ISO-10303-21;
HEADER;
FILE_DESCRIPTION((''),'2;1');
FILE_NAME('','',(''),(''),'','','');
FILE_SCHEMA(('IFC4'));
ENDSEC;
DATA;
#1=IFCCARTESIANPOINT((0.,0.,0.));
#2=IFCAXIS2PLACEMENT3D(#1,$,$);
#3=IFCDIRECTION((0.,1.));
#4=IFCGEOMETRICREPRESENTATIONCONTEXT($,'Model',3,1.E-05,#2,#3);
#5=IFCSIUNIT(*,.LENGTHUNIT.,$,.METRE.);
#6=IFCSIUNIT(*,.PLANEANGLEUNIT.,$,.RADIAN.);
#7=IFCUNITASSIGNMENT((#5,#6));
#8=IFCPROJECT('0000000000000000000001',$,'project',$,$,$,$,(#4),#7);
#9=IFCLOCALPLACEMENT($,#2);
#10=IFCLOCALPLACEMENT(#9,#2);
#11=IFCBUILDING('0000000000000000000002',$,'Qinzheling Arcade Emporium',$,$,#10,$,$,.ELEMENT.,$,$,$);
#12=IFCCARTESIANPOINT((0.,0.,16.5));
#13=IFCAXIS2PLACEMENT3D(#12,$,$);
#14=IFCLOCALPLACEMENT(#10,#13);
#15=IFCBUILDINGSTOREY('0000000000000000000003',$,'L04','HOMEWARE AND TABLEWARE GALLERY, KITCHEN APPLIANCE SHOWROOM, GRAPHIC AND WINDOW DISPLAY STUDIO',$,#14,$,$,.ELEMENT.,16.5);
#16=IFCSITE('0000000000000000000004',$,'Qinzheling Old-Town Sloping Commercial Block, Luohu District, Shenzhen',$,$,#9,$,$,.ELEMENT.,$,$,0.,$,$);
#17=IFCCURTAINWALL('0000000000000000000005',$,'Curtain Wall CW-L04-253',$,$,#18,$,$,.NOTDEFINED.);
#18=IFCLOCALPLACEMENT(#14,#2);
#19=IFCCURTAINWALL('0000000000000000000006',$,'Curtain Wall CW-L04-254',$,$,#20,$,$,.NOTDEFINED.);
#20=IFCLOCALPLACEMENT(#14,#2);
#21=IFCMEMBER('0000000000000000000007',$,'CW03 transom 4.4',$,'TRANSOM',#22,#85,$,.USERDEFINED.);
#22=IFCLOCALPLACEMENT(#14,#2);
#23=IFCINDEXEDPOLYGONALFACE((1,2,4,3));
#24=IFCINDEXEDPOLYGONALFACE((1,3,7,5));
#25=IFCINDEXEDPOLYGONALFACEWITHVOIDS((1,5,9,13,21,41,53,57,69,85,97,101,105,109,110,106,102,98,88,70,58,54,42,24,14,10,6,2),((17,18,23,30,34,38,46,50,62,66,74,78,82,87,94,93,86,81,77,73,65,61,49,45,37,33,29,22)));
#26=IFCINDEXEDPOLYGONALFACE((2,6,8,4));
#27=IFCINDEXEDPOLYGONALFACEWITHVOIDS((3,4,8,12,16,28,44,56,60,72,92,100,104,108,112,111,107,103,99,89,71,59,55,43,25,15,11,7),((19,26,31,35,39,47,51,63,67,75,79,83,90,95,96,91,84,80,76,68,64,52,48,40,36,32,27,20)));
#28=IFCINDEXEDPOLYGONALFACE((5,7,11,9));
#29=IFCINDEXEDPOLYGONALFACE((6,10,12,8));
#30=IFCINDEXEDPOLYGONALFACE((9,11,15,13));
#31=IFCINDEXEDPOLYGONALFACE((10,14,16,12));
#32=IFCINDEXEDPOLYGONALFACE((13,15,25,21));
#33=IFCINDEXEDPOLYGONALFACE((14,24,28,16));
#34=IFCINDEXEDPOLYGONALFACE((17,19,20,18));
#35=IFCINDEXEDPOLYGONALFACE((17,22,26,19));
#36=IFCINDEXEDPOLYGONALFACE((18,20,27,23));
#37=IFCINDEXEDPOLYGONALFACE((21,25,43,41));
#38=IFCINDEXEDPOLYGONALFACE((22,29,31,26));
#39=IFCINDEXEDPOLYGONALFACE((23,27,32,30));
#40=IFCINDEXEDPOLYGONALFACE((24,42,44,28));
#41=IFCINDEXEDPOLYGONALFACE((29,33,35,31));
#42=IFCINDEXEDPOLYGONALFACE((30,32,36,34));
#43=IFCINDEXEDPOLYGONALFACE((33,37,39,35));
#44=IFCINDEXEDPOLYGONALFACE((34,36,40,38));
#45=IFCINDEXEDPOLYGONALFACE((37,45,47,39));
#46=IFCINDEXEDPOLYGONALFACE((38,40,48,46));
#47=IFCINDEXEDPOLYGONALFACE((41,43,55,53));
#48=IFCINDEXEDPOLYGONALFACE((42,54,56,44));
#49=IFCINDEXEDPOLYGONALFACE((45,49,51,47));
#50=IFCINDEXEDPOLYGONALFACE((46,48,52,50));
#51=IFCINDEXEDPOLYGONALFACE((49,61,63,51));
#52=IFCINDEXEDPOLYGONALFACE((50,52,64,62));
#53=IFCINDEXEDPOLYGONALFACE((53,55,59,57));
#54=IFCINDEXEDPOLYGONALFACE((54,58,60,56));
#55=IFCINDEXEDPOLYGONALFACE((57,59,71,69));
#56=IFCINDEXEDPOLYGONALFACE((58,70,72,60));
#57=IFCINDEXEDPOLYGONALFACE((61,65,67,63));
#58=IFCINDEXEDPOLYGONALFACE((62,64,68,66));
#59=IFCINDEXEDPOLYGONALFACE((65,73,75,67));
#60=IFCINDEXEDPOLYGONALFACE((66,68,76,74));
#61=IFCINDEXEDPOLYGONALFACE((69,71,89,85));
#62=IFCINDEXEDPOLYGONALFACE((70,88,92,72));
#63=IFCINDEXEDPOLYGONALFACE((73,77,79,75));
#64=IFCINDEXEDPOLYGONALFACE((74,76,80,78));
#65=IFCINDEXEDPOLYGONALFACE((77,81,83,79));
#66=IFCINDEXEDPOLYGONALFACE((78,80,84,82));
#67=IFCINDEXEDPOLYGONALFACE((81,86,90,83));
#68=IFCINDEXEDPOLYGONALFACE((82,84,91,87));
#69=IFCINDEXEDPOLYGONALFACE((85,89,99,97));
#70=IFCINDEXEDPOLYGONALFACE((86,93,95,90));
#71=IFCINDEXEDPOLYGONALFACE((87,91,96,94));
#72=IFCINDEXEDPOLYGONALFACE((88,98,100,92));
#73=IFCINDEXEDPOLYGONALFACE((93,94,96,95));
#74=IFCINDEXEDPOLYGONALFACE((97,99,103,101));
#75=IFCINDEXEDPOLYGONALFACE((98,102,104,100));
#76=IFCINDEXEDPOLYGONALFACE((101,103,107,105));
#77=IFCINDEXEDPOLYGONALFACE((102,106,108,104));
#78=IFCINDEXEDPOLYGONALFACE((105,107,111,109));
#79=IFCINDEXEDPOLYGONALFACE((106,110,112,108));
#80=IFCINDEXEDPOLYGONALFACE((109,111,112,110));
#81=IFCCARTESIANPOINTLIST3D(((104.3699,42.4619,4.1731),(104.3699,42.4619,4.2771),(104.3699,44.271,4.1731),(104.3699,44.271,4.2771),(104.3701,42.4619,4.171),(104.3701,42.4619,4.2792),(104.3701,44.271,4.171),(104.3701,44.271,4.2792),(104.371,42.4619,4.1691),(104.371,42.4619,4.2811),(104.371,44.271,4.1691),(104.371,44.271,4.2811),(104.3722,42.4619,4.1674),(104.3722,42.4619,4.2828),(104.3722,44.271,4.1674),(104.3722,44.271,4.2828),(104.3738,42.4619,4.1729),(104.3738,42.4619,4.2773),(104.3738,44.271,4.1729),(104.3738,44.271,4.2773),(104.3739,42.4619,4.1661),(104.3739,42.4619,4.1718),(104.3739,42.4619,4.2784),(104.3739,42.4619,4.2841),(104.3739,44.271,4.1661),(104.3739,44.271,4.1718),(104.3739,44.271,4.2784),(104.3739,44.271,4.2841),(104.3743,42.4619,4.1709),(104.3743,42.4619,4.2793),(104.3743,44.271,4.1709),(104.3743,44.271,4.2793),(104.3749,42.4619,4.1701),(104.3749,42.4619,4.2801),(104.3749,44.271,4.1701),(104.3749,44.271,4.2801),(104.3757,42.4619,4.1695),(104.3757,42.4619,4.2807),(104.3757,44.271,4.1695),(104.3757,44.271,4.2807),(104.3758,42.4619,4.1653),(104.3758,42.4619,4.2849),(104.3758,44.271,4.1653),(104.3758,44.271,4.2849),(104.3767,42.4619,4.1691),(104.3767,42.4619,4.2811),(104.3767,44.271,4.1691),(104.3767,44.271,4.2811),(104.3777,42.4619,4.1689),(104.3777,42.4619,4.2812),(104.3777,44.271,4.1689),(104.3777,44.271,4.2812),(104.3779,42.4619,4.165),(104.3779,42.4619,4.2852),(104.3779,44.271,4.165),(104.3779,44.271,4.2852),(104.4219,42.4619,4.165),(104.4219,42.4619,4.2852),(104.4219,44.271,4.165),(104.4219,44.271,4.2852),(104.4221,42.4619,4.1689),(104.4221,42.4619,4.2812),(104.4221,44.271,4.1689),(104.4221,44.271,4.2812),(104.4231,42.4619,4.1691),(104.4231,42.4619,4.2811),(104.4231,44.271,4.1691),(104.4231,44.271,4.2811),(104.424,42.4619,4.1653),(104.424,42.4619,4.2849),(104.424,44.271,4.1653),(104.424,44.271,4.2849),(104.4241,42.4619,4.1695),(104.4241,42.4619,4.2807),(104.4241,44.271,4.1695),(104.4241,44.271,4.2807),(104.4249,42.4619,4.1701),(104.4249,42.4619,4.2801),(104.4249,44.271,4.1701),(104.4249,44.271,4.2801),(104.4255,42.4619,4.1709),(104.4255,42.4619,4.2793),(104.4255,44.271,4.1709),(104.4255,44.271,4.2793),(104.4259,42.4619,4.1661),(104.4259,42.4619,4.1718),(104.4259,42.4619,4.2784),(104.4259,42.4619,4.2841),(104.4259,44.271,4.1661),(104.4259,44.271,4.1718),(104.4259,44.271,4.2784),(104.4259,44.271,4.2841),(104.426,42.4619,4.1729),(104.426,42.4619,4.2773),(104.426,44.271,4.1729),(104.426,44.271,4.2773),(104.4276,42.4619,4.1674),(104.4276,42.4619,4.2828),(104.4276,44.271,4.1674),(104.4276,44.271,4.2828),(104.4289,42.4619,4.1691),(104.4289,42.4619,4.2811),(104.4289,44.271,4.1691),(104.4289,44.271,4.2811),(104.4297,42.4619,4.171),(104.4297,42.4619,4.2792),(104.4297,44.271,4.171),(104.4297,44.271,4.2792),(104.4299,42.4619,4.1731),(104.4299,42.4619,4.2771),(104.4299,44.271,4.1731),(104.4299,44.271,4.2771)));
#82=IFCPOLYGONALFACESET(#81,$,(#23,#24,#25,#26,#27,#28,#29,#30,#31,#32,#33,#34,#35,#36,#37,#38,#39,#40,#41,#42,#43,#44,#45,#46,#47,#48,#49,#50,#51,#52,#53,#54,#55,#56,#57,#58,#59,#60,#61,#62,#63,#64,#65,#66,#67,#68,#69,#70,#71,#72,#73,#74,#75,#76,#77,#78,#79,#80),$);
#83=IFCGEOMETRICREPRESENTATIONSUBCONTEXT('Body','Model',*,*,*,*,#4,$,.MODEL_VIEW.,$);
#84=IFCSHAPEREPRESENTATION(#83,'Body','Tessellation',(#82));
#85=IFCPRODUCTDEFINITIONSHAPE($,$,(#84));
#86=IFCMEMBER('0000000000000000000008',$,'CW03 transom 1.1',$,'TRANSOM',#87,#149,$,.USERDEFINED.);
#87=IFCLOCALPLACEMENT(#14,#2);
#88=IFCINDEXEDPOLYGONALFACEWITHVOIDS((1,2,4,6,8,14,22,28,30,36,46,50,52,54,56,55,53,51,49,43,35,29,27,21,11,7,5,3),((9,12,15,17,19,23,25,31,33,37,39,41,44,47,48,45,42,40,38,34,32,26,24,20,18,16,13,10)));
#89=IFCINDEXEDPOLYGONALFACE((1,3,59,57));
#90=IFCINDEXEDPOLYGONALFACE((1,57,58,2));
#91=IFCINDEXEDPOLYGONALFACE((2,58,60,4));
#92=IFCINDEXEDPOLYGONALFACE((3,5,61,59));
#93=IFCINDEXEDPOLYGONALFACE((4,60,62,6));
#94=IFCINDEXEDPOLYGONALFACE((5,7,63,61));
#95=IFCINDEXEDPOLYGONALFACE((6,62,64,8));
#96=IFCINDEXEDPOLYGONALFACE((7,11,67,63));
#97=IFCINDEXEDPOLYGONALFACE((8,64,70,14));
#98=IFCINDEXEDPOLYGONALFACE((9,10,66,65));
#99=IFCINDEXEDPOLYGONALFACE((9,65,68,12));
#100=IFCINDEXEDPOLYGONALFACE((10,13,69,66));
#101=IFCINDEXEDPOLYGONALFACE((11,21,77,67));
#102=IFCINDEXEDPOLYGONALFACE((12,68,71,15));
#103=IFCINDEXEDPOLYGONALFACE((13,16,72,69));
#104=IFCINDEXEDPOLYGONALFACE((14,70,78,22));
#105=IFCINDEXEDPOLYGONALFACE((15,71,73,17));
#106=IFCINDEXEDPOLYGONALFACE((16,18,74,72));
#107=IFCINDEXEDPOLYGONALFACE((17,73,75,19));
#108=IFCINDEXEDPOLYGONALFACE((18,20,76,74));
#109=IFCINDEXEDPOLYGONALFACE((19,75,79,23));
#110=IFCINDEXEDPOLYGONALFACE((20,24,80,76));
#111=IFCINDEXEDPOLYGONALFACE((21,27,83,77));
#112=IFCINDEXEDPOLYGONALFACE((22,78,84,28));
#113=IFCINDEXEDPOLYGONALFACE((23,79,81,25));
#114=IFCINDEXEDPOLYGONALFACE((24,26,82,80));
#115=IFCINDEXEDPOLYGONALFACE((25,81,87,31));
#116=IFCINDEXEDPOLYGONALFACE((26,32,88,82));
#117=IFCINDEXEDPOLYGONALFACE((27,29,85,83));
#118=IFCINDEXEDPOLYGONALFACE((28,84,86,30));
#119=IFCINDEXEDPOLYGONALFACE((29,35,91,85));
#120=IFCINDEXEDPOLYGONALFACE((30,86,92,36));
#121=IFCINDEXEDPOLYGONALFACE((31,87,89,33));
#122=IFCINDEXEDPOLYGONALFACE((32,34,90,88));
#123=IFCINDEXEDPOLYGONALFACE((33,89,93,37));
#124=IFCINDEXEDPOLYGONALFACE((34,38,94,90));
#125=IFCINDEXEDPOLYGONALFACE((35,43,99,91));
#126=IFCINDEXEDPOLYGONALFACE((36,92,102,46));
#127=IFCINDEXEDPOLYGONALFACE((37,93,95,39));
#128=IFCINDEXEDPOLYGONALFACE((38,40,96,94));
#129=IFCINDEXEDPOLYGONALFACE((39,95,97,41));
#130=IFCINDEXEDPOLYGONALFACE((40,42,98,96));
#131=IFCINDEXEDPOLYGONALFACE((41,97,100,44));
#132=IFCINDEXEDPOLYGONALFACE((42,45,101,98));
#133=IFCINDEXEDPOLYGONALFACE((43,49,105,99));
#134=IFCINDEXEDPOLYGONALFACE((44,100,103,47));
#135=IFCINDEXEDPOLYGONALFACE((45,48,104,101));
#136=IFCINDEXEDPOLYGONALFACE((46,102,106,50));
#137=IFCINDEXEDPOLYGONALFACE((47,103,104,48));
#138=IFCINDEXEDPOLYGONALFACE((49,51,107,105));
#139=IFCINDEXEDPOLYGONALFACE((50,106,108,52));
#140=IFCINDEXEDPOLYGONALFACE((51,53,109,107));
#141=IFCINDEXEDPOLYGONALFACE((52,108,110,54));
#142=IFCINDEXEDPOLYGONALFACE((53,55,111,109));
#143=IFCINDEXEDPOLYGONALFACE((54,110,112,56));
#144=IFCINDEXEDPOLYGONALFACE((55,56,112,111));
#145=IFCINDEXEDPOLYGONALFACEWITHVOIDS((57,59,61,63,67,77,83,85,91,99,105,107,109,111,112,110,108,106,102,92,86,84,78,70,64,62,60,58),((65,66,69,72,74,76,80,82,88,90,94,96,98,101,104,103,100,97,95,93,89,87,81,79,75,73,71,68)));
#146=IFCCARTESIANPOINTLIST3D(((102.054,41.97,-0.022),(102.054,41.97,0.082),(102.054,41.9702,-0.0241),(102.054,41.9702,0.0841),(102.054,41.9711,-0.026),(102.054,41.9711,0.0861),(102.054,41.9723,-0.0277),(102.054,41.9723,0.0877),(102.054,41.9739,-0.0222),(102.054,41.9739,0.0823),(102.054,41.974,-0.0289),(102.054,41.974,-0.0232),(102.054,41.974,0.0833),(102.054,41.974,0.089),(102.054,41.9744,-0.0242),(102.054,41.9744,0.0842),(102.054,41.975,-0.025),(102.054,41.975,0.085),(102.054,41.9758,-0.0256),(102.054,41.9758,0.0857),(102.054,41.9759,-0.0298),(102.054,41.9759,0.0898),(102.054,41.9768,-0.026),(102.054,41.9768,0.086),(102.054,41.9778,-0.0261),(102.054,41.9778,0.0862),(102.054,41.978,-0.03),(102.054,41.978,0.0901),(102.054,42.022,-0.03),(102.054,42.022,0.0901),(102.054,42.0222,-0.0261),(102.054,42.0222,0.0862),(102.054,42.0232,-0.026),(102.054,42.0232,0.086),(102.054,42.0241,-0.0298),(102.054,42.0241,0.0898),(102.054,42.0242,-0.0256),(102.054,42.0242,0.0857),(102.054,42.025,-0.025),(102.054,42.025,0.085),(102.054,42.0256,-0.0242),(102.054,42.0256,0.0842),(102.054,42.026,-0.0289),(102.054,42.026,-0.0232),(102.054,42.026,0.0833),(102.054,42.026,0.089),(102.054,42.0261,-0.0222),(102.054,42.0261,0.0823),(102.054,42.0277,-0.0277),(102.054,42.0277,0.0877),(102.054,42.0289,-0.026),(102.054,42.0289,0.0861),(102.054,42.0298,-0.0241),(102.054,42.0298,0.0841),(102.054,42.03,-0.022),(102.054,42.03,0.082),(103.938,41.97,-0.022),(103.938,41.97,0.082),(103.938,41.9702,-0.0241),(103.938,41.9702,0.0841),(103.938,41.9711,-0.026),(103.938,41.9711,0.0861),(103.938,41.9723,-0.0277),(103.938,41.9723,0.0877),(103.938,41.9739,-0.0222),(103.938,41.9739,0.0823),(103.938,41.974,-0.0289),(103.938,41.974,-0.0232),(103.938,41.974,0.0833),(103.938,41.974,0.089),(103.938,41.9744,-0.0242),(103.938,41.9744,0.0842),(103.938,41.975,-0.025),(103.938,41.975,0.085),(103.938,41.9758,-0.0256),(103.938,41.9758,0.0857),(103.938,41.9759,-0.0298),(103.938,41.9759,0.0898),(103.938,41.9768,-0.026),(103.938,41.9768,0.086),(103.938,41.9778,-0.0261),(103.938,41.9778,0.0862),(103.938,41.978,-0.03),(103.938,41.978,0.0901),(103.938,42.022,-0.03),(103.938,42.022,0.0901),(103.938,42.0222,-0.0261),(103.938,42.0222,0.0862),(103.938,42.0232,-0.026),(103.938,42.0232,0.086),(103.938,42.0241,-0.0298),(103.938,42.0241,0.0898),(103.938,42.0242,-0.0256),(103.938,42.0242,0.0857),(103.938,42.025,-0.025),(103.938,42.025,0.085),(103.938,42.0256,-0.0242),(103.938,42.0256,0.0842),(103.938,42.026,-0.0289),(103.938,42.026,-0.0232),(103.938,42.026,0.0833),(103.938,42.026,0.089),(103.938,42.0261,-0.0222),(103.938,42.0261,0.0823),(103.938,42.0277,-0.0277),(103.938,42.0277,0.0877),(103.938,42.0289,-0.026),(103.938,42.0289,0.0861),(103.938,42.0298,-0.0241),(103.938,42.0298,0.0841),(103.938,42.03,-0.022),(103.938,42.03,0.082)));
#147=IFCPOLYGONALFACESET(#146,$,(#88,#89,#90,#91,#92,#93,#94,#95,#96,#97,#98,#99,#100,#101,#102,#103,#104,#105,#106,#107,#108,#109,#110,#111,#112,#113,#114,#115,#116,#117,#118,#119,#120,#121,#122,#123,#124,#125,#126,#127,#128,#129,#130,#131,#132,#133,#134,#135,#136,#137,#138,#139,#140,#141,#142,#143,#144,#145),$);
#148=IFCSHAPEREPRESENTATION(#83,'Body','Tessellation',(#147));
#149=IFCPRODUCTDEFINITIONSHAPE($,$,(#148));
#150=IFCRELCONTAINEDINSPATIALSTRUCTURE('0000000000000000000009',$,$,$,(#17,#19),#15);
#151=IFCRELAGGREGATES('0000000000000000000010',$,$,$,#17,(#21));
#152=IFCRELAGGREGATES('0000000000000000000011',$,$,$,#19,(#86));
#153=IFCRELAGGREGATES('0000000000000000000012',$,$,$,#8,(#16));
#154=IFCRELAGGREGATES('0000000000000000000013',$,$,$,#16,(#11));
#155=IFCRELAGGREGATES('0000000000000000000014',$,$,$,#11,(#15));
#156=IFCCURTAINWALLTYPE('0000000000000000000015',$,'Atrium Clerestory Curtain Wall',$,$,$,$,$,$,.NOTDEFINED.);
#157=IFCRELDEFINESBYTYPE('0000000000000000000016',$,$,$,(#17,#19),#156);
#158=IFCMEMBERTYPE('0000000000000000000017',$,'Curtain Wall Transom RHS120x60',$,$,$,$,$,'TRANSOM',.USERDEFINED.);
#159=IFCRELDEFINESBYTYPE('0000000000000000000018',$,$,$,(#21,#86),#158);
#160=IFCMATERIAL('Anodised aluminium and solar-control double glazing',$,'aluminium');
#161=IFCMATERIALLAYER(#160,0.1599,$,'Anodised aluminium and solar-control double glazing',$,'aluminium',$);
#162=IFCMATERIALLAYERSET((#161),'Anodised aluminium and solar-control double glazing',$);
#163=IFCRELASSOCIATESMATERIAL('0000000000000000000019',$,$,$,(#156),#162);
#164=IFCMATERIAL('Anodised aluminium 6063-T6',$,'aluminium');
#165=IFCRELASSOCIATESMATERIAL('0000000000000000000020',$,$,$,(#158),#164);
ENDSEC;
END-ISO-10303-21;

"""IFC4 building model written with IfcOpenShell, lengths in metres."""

from ifc_helpers import new_model, si_unit, direction, frame, origin, origin_2d, place, context, subcontext, project, spatial, hollow_rectangle, extrude, material, layer, layer_set, material_profile, profile_set, type_object, element, aggregate, save


model = new_model("IFC4")

# Units and contexts
model_context = context("Model", 3, precision=1e-05, world=origin(), true_north=direction((0.0, 1.0)))
body_context = subcontext(model_context, "Body", "Model", "MODEL_VIEW")
ifc_project = project(units=[si_unit("LENGTHUNIT", "METRE"), si_unit("PLANEANGLEUNIT", "RADIAN")], contexts=[model_context])

# Site, building, storey
site_placement = place(None, origin())
site = spatial("IfcSite", under=ifc_project, at=site_placement, Name="Qinzheling Old-Town Sloping Commercial Block, Luohu District, Shenzhen", CompositionType="ELEMENT", RefElevation=0.0)
building_placement = place(site_placement, origin())
building = spatial("IfcBuilding", under=site, at=building_placement, Name="Qinzheling Arcade Emporium", CompositionType="ELEMENT")
storey_placement = place(building_placement, frame((0.0, 0.0, 16.5)))
storey = spatial("IfcBuildingStorey", under=building, at=storey_placement, Name="L04", Description="HOMEWARE AND TABLEWARE GALLERY, KITCHEN APPLIANCE SHOWROOM, GRAPHIC AND WINDOW DISPLAY STUDIO", CompositionType="ELEMENT", Elevation=16.5)

# Curtain walls
ifc_material_1 = material(Name="Anodised aluminium and solar-control double glazing", Category="aluminium")
ifc_layer_1 = layer(ifc_material_1, 0.1599, Name="Anodised aluminium and solar-control double glazing", Category="aluminium")
ifc_layer_set_1 = layer_set([ifc_layer_1], Name="Anodised aluminium and solar-control double glazing")
curtain_wall_type = type_object("IfcCurtainWallType", Name="Atrium Clerestory Curtain Wall", PredefinedType="NOTDEFINED", material=ifc_layer_set_1)
curtain_wall_1_placement = place(storey_placement, origin())
curtain_wall_1 = element("IfcCurtainWall", 1, at=curtain_wall_1_placement, inside=storey, type_object=curtain_wall_type, Name="Curtain Wall CW-L04-253", PredefinedType="NOTDEFINED")
ifc_material_2 = material(Name="Anodised aluminium 6063-T6", Category="aluminium")
curtain_wall_2_placement = place(storey_placement, origin())
curtain_wall_2 = element("IfcCurtainWall", 2, at=curtain_wall_2_placement, inside=storey, type_object=curtain_wall_type, Name="Curtain Wall CW-L04-254", PredefinedType="NOTDEFINED")

# Members
ifc_material_profile_1 = material_profile(ifc_material_2, hollow_rectangle(XDim=0.0601, YDim=0.1201, WallThickness=0.0039, InnerFilletRadius=0.0039, OuterFilletRadius=0.0081, at=origin_2d()), Name="RHS 120x60x4", Category="aluminium")
ifc_profile_set_1 = profile_set([ifc_material_profile_1], Name="Anodised aluminium 6063-T6")
member_type_1 = type_object("IfcMemberType", Name="Curtain Wall Transom RHS120x60", ElementType="TRANSOM", PredefinedType="USERDEFINED", material=ifc_profile_set_1)
member_1_placement = place(storey_placement, frame((104.3999, 44.271, 4.2251), z_axis=(0.0, -1.0, 0.0), x_axis=(1.0, 0.0, 0.0)))
member_1 = element("IfcMember", 3, at=member_1_placement, type_object=member_type_1, Name="CW03 transom 4.4", ObjectType="TRANSOM", PredefinedType="USERDEFINED", context=body_context, shape_type="SweptSolid", body=[
    extrude(hollow_rectangle(XDim=0.0601, YDim=0.1201, WallThickness=0.0039, InnerFilletRadius=0.0039, OuterFilletRadius=0.0081, at=origin_2d()), origin(), (0.0, 0.0, 1.0), 1.8091),
])
member_2_placement = place(storey_placement, frame((103.938, 42.0, 0.03), z_axis=(-1.0, 0.0, 0.0), x_axis=(0.0, -1.0, 0.0)))
member_2 = element("IfcMember", 4, at=member_2_placement, type_object=member_type_1, Name="CW03 transom 1.1", ObjectType="TRANSOM", PredefinedType="USERDEFINED", context=body_context, shape_type="SweptSolid", body=[
    extrude(hollow_rectangle(XDim=0.0601, YDim=0.1201, WallThickness=0.0039, InnerFilletRadius=0.0039, OuterFilletRadius=0.0081, at=origin_2d()), origin(), (0.0, 0.0, 1.0), 1.884),
])

aggregate(curtain_wall_1, [member_1])
aggregate(curtain_wall_2, [member_2])

save(model, "model.ifc")
